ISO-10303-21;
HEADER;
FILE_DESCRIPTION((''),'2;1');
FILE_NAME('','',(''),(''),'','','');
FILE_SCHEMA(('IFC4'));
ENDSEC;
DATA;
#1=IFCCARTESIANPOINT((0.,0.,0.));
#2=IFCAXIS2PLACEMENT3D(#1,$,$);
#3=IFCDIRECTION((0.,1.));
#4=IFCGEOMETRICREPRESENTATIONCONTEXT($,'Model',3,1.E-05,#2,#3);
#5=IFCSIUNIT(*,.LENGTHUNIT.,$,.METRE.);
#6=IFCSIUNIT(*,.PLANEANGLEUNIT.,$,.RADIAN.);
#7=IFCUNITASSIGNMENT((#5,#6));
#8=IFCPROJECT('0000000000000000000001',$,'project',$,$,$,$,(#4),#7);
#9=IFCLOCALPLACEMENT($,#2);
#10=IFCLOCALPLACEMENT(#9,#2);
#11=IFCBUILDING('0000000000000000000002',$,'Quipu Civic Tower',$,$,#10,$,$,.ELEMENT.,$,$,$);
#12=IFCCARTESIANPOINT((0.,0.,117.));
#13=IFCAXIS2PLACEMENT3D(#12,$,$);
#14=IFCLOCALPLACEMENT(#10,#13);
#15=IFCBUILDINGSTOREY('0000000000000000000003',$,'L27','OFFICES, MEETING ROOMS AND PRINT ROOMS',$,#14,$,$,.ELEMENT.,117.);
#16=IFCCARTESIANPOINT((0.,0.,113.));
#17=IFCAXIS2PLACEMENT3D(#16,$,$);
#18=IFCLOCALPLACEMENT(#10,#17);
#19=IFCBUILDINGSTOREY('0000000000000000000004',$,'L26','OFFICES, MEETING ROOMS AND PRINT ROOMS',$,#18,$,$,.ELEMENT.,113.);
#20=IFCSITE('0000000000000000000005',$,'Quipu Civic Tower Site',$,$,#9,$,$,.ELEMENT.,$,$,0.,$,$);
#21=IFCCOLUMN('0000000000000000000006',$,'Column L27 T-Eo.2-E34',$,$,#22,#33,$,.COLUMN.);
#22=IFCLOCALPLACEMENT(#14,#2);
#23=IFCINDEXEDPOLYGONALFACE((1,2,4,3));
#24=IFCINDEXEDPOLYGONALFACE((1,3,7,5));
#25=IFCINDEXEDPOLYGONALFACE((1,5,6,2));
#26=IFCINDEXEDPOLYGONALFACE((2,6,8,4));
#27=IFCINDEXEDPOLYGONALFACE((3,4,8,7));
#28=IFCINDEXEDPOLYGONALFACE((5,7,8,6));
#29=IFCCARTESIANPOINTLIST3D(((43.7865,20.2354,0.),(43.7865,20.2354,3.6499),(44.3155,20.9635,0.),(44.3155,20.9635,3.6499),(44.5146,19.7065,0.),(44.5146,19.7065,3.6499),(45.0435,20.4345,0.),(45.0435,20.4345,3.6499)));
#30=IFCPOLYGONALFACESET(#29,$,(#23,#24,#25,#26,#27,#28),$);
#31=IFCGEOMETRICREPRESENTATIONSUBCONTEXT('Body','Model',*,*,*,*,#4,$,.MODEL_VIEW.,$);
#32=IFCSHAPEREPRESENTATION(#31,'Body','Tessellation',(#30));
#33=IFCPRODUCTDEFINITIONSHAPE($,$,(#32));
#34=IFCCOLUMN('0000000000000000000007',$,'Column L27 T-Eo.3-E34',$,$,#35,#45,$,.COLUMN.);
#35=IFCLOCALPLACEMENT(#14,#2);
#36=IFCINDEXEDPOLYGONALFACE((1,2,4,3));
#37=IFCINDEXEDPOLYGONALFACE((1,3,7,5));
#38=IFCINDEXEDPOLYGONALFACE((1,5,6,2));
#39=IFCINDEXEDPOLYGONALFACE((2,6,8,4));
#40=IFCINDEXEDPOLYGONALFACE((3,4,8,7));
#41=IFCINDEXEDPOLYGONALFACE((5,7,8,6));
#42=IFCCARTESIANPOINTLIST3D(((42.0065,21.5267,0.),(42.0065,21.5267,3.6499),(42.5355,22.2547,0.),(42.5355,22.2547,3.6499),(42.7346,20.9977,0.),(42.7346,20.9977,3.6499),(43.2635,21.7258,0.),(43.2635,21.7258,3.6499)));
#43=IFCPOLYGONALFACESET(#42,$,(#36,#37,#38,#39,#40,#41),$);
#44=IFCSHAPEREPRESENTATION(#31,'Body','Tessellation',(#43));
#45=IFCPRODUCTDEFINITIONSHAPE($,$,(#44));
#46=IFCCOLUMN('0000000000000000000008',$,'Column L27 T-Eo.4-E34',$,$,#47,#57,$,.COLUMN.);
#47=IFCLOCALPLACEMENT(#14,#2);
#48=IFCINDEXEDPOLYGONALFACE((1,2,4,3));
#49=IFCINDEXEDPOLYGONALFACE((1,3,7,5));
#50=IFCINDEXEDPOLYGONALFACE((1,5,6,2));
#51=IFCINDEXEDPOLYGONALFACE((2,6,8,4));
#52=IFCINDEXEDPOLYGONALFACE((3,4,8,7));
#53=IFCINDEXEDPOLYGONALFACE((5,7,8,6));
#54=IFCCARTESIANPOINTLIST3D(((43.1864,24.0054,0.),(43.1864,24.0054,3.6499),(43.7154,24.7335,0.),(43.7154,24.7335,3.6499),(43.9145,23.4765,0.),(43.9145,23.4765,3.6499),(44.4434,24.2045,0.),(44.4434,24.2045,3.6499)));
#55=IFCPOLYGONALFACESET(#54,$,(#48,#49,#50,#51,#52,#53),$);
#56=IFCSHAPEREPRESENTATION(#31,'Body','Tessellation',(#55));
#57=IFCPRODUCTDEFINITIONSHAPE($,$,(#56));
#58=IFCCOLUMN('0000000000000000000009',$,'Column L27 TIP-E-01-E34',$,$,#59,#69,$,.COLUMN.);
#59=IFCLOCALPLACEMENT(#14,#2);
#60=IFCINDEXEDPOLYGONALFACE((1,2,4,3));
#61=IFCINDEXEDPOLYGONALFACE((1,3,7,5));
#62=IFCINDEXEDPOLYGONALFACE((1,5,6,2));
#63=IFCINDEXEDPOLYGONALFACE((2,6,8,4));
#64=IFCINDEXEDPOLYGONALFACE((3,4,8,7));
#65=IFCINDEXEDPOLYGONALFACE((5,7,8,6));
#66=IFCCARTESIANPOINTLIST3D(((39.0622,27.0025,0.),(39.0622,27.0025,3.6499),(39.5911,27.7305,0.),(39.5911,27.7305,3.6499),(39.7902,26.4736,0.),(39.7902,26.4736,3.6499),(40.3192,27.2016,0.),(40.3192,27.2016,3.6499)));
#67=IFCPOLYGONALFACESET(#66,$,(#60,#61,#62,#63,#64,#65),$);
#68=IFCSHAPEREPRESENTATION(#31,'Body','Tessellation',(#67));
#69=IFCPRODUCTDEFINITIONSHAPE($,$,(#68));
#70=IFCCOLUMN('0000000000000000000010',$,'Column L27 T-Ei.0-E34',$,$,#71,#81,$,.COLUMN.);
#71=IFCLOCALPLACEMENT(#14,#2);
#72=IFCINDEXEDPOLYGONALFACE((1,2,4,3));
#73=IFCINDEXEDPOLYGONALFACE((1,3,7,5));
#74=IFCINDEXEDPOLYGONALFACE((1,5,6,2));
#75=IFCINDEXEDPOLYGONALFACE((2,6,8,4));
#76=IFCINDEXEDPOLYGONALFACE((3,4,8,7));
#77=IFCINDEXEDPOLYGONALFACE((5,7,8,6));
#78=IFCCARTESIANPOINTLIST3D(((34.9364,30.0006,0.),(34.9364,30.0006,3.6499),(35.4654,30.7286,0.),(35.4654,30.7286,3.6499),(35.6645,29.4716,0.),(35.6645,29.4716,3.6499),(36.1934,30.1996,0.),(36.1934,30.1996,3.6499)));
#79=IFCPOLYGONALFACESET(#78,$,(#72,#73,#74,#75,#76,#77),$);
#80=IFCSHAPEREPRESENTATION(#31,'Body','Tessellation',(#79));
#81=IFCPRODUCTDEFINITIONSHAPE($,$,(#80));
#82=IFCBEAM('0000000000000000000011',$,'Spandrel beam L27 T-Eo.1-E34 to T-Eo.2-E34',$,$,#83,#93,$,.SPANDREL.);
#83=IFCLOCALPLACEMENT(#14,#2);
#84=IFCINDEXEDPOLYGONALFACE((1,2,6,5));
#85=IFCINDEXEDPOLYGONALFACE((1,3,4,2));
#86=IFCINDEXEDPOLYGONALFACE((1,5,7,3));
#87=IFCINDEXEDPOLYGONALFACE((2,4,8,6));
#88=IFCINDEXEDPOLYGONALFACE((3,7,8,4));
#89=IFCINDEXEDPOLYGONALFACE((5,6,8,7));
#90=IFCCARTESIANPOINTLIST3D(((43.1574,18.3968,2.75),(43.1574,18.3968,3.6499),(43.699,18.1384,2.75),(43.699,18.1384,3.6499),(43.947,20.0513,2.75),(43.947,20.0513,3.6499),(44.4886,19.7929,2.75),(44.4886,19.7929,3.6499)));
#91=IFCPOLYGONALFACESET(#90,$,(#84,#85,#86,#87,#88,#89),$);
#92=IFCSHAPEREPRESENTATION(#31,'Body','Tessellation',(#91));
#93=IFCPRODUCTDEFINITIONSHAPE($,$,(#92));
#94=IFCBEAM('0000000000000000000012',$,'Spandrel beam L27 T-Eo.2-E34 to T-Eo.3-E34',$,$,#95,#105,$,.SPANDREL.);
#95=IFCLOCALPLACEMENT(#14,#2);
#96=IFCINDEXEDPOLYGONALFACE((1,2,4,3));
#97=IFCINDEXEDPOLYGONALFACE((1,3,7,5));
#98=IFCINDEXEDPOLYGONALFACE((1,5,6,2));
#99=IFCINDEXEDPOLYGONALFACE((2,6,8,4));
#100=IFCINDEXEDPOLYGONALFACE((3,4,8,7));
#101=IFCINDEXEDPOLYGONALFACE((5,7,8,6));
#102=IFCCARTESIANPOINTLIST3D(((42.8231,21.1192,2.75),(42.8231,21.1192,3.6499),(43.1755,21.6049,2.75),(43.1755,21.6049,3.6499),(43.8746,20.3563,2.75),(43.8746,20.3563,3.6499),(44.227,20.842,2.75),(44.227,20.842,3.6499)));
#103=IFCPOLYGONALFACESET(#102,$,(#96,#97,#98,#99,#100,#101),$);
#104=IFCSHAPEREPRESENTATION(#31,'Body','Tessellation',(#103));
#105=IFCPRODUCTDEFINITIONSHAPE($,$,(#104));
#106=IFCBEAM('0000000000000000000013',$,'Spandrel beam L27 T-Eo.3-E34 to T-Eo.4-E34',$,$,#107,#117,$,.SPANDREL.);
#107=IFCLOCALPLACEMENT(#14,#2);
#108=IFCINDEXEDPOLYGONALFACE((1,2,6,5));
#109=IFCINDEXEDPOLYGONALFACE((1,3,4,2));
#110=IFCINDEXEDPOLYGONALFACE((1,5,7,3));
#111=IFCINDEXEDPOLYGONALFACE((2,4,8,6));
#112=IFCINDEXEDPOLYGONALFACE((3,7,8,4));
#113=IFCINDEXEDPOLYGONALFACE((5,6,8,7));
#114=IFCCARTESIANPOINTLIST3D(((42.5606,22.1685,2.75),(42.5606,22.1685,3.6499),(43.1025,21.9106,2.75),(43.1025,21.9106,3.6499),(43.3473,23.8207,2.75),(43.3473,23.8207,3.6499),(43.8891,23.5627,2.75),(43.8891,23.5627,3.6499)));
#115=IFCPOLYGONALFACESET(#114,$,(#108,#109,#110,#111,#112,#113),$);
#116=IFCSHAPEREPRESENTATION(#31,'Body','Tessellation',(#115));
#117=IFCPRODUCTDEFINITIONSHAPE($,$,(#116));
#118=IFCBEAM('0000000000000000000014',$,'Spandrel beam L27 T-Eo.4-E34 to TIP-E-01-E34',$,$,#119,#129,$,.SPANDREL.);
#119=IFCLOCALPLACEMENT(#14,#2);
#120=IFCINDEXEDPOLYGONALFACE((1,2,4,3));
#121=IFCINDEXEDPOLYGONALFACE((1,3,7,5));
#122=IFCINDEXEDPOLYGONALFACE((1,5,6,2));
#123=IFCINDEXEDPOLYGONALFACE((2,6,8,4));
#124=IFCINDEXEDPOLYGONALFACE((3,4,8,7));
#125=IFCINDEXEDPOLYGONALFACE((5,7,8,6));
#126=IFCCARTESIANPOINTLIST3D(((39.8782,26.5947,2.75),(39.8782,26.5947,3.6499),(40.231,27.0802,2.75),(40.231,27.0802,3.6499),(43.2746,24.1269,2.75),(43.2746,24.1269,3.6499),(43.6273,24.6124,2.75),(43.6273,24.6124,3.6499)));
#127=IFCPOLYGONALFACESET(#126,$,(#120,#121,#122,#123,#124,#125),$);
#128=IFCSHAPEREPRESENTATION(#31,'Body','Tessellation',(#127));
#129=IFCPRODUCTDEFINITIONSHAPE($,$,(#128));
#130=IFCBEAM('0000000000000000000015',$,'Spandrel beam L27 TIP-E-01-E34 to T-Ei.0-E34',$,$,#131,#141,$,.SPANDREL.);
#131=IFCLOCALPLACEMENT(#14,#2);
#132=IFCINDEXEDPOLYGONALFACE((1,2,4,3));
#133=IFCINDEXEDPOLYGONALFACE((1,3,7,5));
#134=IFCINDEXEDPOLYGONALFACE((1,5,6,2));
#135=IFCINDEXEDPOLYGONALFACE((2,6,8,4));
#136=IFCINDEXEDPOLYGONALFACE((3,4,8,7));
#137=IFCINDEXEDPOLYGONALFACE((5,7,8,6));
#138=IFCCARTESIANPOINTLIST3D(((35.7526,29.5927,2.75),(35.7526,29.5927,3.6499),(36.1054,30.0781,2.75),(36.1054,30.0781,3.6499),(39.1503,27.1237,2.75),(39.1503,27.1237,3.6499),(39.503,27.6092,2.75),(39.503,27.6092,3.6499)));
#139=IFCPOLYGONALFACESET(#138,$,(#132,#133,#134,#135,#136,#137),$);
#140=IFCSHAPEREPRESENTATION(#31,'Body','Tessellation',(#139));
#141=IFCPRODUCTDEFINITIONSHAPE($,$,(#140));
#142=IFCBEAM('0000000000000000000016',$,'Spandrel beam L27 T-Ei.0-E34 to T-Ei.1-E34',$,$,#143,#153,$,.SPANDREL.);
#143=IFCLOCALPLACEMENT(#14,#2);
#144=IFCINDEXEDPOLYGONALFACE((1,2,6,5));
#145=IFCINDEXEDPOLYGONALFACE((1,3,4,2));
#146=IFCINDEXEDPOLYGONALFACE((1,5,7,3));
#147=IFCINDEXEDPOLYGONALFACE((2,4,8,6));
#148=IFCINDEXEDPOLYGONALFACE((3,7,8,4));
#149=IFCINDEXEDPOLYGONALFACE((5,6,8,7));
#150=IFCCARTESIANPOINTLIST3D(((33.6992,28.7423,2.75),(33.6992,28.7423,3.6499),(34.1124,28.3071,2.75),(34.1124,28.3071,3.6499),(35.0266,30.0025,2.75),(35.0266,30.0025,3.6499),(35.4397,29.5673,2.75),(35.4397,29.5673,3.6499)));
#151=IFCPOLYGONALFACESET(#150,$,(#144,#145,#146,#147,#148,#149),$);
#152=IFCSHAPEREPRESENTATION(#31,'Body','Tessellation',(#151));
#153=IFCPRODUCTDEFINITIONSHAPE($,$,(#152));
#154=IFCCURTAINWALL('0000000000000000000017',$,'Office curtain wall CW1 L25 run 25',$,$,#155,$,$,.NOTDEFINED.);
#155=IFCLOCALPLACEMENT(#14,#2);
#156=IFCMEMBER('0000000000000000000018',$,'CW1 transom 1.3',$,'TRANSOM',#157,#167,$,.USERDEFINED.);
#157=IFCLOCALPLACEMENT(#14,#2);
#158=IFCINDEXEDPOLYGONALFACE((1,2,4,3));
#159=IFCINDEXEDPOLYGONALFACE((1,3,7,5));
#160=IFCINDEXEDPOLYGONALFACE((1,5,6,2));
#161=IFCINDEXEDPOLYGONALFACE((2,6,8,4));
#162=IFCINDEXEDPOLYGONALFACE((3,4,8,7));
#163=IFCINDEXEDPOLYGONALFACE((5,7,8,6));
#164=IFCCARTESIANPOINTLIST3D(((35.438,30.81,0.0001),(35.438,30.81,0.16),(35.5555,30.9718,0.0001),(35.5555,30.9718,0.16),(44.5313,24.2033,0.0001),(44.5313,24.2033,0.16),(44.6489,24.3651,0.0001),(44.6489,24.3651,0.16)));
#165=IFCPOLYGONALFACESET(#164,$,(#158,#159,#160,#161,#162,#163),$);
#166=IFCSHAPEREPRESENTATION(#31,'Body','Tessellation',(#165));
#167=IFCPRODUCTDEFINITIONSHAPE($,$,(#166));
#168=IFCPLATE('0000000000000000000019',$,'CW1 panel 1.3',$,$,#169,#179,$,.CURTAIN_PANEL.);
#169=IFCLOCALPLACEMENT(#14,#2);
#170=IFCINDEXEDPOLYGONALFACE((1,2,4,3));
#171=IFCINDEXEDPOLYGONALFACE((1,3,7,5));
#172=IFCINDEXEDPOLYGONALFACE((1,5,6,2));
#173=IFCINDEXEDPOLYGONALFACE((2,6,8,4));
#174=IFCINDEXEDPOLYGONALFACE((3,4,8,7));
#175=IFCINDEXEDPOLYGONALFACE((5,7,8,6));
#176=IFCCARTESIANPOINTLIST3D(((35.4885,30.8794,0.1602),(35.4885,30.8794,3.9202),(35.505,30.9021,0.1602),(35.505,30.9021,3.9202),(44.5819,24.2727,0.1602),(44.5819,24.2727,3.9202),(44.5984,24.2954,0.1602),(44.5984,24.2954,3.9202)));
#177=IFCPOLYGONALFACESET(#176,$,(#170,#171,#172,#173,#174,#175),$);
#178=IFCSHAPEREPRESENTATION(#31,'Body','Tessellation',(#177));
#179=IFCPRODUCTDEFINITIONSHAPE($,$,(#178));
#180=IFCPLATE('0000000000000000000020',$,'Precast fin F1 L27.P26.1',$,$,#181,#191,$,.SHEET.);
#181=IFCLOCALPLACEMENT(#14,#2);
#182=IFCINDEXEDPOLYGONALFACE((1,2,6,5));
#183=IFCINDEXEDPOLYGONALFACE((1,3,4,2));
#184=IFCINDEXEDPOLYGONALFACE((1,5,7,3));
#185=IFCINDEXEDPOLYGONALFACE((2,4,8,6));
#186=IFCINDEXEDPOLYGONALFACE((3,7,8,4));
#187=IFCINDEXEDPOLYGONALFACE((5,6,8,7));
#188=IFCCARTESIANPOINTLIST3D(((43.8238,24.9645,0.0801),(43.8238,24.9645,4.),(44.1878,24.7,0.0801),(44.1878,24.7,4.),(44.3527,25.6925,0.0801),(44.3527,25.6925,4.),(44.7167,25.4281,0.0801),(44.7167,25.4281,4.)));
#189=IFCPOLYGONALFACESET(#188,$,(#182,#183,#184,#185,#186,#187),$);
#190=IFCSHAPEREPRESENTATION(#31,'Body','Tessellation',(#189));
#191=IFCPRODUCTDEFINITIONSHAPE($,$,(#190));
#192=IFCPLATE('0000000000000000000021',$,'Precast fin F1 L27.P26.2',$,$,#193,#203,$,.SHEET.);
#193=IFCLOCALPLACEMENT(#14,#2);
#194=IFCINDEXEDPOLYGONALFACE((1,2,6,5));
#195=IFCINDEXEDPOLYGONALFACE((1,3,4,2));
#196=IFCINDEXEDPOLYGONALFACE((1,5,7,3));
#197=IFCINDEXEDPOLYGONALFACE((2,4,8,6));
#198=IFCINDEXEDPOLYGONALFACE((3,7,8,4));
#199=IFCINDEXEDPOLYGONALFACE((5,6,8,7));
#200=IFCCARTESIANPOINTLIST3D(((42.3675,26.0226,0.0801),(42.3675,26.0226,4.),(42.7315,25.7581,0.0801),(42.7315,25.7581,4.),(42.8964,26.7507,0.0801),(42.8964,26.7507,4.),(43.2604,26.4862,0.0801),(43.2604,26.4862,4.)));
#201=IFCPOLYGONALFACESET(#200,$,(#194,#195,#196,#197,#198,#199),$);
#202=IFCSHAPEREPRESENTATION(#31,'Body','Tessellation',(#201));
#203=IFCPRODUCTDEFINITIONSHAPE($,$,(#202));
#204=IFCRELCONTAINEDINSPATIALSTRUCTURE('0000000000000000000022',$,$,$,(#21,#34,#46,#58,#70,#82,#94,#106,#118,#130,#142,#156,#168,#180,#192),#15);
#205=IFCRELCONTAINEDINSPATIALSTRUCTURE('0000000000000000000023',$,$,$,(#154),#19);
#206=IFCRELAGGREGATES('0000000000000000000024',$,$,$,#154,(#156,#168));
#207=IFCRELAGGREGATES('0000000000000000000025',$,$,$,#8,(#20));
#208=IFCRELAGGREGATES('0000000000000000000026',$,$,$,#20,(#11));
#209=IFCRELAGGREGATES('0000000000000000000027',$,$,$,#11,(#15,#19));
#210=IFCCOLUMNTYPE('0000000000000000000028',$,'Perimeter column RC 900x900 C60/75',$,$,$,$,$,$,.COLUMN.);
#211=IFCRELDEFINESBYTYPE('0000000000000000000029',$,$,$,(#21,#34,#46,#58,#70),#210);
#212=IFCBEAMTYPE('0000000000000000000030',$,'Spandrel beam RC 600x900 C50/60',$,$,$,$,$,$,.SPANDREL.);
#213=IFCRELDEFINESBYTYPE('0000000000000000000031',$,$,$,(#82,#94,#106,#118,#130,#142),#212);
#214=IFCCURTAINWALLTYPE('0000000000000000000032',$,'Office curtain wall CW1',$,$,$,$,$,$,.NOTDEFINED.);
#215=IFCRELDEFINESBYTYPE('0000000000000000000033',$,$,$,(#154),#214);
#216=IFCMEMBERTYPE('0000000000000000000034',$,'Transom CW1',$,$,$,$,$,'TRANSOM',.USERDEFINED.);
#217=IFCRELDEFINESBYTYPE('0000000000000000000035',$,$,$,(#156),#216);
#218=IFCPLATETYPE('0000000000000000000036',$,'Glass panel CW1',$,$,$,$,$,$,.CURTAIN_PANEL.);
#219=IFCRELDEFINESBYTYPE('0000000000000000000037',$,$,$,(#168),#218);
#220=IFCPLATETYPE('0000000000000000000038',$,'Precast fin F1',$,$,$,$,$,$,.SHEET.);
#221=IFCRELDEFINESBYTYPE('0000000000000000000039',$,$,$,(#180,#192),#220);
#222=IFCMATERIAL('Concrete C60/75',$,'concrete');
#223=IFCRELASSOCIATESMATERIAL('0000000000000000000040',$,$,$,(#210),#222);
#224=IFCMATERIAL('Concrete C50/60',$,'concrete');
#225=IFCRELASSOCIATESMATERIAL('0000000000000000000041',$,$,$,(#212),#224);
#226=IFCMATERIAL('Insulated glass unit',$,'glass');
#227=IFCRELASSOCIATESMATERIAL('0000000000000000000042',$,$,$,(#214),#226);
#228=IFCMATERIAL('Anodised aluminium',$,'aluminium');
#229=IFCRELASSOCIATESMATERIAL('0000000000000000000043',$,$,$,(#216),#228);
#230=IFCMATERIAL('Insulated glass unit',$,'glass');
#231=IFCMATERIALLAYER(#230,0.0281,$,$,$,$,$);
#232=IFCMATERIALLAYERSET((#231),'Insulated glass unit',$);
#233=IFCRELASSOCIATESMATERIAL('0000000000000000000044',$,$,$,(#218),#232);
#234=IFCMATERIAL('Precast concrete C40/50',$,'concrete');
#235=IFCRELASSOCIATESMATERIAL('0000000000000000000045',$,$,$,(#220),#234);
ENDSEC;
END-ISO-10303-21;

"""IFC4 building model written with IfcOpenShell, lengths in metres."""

from ifc_helpers import new_model, si_unit, direction, frame, origin, origin_2d, place, context, subcontext, project, spatial, rectangle, extrude, material, layer, layer_set, material_profile, profile_set, type_object, element, aggregate, save


model = new_model("IFC4")

# Units and contexts
model_context = context("Model", 3, precision=1e-05, world=origin(), true_north=direction((0.0, 1.0)))
body_context = subcontext(model_context, "Body", "Model", "MODEL_VIEW")
ifc_project = project(units=[si_unit("LENGTHUNIT", "METRE"), si_unit("PLANEANGLEUNIT", "RADIAN")], contexts=[model_context])

# Site, building, storey
site_placement = place(None, origin())
site = spatial("IfcSite", under=ifc_project, at=site_placement, Name="Quipu Civic Tower Site", CompositionType="ELEMENT", RefElevation=0.0)
building_placement = place(site_placement, origin())
building = spatial("IfcBuilding", under=site, at=building_placement, Name="Quipu Civic Tower", CompositionType="ELEMENT")
storey_1_placement = place(building_placement, frame((0.0, 0.0, 117.0)))
storey_1 = spatial("IfcBuildingStorey", under=building, at=storey_1_placement, Name="L27", Description="OFFICES, MEETING ROOMS AND PRINT ROOMS", CompositionType="ELEMENT", Elevation=117.0)

# Columns
ifc_material_1 = material(Name="Concrete C60/75", Category="concrete")
ifc_material_profile_1 = material_profile(ifc_material_1, rectangle(XDim=0.8999, YDim=0.8999, at=origin_2d()), Name="RC900x900")
ifc_profile_set_1 = profile_set([ifc_material_profile_1], Name="Concrete C60/75")
column_type = type_object("IfcColumnType", Name="Perimeter column RC 900x900 C60/75", PredefinedType="COLUMN", material=ifc_profile_set_1)
for number, where, z_axis, x_axis, name in (
    (1, (44.415, 20.335, 0.0), (0.0, 0.0, 1.0), (0.587785, 0.809017, 0.0), "Column L27 T-Eo.2-E34"),
    (2, (42.635, 21.6262, 0.0), (0.0, 0.0, 1.0), (-0.809017, 0.587785, 0.0), "Column L27 T-Eo.3-E34"),
    (3, (43.8149, 24.105, 0.0), (0.0, 0.0, 1.0), (-0.809017, 0.587785, 0.0), "Column L27 T-Eo.4-E34"),
    (4, (39.6907, 27.1021, 0.0), (0.0, 0.0, 1.0), (-0.809017, 0.587785, 0.0), "Column L27 TIP-E-01-E34"),
    (5, (35.5649, 30.1001, 0.0), (0.0, 0.0, 1.0), (-0.587785, -0.809017, 0.0), "Column L27 T-Ei.0-E34"),
):
    element("IfcColumn", number, at=place(storey_1_placement, frame(where, z_axis=z_axis, x_axis=x_axis)), inside=storey_1, type_object=column_type, Name=name, PredefinedType="COLUMN", context=body_context, shape_type="SweptSolid", body=[
        extrude(rectangle(XDim=0.8999, YDim=0.8999, at=origin_2d()), origin(), (0.0, 0.0, 1.0), 3.6499),
    ])

# Beams
ifc_material_2 = material(Name="Concrete C50/60", Category="concrete")
ifc_material_profile_2 = material_profile(ifc_material_2, rectangle(XDim=0.6001, YDim=0.8999, at=origin_2d()), Name="RC600x900")
ifc_profile_set_2 = profile_set([ifc_material_profile_2], Name="Concrete C50/60")
beam_type = type_object("IfcBeamType", Name="Spandrel beam RC 600x900 C50/60", PredefinedType="SPANDREL", material=ifc_profile_set_2)
beam_1_placement = place(storey_1_placement, frame((43.4282, 18.2676, 3.2), z_axis=(0.430678, 0.902506, 0.0), x_axis=(-0.902506, 0.430678, 0.0)))
element("IfcBeam", 6, at=beam_1_placement, inside=storey_1, type_object=beam_type, Name="Spandrel beam L27 T-Eo.1-E34 to T-Eo.2-E34", PredefinedType="SPANDREL", context=body_context, shape_type="SweptSolid", body=[
    extrude(rectangle(XDim=0.6001, YDim=0.8999, at=origin_2d()), origin(), (0.0, 0.0, 1.0), 1.8333),
])
beam_2_placement = place(storey_1_placement, frame((44.0508, 20.5991, 3.2), z_axis=(-0.809394, 0.587266, 0.0), x_axis=(-0.587266, -0.809394, 0.0)))
element("IfcBeam", 7, at=beam_2_placement, inside=storey_1, type_object=beam_type, Name="Spandrel beam L27 T-Eo.2-E34 to T-Eo.3-E34", PredefinedType="SPANDREL", context=body_context, shape_type="SweptSolid", body=[
    extrude(rectangle(XDim=0.6001, YDim=0.8999, at=origin_2d()), origin(), (0.0, 0.0, 1.0), 1.2991),
])
beam_3_placement = place(storey_1_placement, frame((42.8315, 22.0396, 3.2), z_axis=(0.429892, 0.90288, 0.0), x_axis=(-0.90288, 0.429892, 0.0)))
element("IfcBeam", 8, at=beam_3_placement, inside=storey_1, type_object=beam_type, Name="Spandrel beam L27 T-Eo.3-E34 to T-Eo.4-E34", PredefinedType="SPANDREL", context=body_context, shape_type="SweptSolid", body=[
    extrude(rectangle(XDim=0.6001, YDim=0.8999, at=origin_2d()), origin(), (0.0, 0.0, 1.0), 1.8298),
])
beam_4_placement = place(storey_1_placement, frame((43.4509, 24.3696, 3.2), z_axis=(-0.808987, 0.587826, 0.0), x_axis=(-0.587826, -0.808987, 0.0)))
element("IfcBeam", 9, at=beam_4_placement, inside=storey_1, type_object=beam_type, Name="Spandrel beam L27 T-Eo.4-E34 to TIP-E-01-E34", PredefinedType="SPANDREL", context=body_context, shape_type="SweptSolid", body=[
    extrude(rectangle(XDim=0.6001, YDim=0.8999, at=origin_2d()), origin(), (0.0, 0.0, 1.0), 4.1982),
])
beam_5_placement = place(storey_1_placement, frame((39.3267, 27.3665, 3.2), z_axis=(-0.80897, 0.58785, 0.0), x_axis=(-0.58785, -0.80897, 0.0)))
element("IfcBeam", 10, at=beam_5_placement, inside=storey_1, type_object=beam_type, Name="Spandrel beam L27 TIP-E-01-E34 to T-Ei.0-E34", PredefinedType="SPANDREL", context=body_context, shape_type="SweptSolid", body=[
    extrude(rectangle(XDim=0.6001, YDim=0.8999, at=origin_2d()), origin(), (0.0, 0.0, 1.0), 4.2),
])
beam_6_placement = place(storey_1_placement, frame((35.2332, 29.7849, 3.2), z_axis=(-0.725209, -0.688529, 0.0), x_axis=(0.688529, -0.725209, 0.0)))
element("IfcBeam", 11, at=beam_6_placement, inside=storey_1, type_object=beam_type, Name="Spandrel beam L27 T-Ei.0-E34 to T-Ei.1-E34", PredefinedType="SPANDREL", context=body_context, shape_type="SweptSolid", body=[
    extrude(rectangle(XDim=0.6001, YDim=0.8999, at=origin_2d()), origin(), (0.0, 0.0, 1.0), 1.8303),
])

# Shared definitions
storey_2_placement = place(building_placement, frame((0.0, 0.0, 113.0)))
storey_2 = spatial("IfcBuildingStorey", under=building, at=storey_2_placement, Name="L26", Description="OFFICES, MEETING ROOMS AND PRINT ROOMS", CompositionType="ELEMENT", Elevation=113.0)

# Curtain wall, member, plate
ifc_material_3 = material(Name="Insulated glass unit", Category="glass")
curtain_wall_type = type_object("IfcCurtainWallType", Name="Office curtain wall CW1", PredefinedType="NOTDEFINED", material=ifc_material_3)
curtain_wall_placement = place(storey_2_placement, origin())
curtain_wall = element("IfcCurtainWall", 12, at=curtain_wall_placement, inside=storey_2, type_object=curtain_wall_type, Name="Office curtain wall CW1 L25 run 25", PredefinedType="NOTDEFINED")
ifc_material_4 = material(Name="Anodised aluminium", Category="aluminium")
ifc_material_profile_3 = material_profile(ifc_material_4, rectangle(XDim=0.2, YDim=0.1599, at=origin_2d()), Name="RECT 200x160")
ifc_profile_set_3 = profile_set([ifc_material_profile_3], Name="Anodised aluminium")
member_type = type_object("IfcMemberType", Name="Transom CW1", ElementType="TRANSOM", PredefinedType="USERDEFINED", material=ifc_profile_set_3)
member_placement = place(storey_1_placement, frame((44.5901, 24.2842, 0.0801), z_axis=(-0.809015, 0.587788, 0.0), x_axis=(-0.587788, -0.809015, 0.0)))
member = element("IfcMember", 13, at=member_placement, inside=storey_1, type_object=member_type, Name="CW1 transom 1.3", ObjectType="TRANSOM", PredefinedType="USERDEFINED", context=body_context, shape_type="SweptSolid", body=[
    extrude(rectangle(XDim=0.2, YDim=0.1599, at=origin_2d()), origin(), (0.0, 0.0, 1.0), 11.24),
])
ifc_material_5 = material(Name="Insulated glass unit", Category="glass")
ifc_layer_1 = layer(ifc_material_5, 0.0281)
ifc_layer_set_1 = layer_set([ifc_layer_1], Name="Insulated glass unit")
plate_type_1 = type_object("IfcPlateType", Name="Glass panel CW1", PredefinedType="CURTAIN_PANEL", material=ifc_layer_set_1)
plate_placement = place(storey_1_placement, frame((40.0435, 27.5874, 0.1602), z_axis=(0.0, 0.0, 1.0), x_axis=(-0.809015, 0.587788, 0.0)))
plate = element("IfcPlate", 14, at=plate_placement, inside=storey_1, type_object=plate_type_1, Name="CW1 panel 1.3", PredefinedType="CURTAIN_PANEL", context=body_context, shape_type="SweptSolid", body=[
    extrude(rectangle(XDim=11.24, YDim=0.0281, at=origin_2d()), origin(), (0.0, 0.0, 1.0), 3.76),
])
aggregate(curtain_wall, [member, plate])

# Plates
ifc_material_6 = material(Name="Precast concrete C40/50", Category="concrete")
plate_type_2 = type_object("IfcPlateType", Name="Precast fin F1", PredefinedType="SHEET", material=ifc_material_6)
for number, where, z_axis, x_axis, name in (
    (15, (44.2703, 25.1963, 0.0801), (0.0, 0.0, 1.0), (-0.809017, 0.587785, 0.0), "Precast fin F1 L27.P26.1"),
    (16, (42.814, 26.2544, 0.0801), (0.0, 0.0, 1.0), (-0.809017, 0.587785, 0.0), "Precast fin F1 L27.P26.2"),
):
    element("IfcPlate", number, at=place(storey_1_placement, frame(where, z_axis=z_axis, x_axis=x_axis)), inside=storey_1, type_object=plate_type_2, Name=name, PredefinedType="SHEET", context=body_context, shape_type="SweptSolid", body=[
        extrude(rectangle(XDim=0.45, YDim=0.8999, at=origin_2d()), origin(), (0.0, 0.0, 1.0), 3.9199),
    ])

save(model, "model.ifc")
